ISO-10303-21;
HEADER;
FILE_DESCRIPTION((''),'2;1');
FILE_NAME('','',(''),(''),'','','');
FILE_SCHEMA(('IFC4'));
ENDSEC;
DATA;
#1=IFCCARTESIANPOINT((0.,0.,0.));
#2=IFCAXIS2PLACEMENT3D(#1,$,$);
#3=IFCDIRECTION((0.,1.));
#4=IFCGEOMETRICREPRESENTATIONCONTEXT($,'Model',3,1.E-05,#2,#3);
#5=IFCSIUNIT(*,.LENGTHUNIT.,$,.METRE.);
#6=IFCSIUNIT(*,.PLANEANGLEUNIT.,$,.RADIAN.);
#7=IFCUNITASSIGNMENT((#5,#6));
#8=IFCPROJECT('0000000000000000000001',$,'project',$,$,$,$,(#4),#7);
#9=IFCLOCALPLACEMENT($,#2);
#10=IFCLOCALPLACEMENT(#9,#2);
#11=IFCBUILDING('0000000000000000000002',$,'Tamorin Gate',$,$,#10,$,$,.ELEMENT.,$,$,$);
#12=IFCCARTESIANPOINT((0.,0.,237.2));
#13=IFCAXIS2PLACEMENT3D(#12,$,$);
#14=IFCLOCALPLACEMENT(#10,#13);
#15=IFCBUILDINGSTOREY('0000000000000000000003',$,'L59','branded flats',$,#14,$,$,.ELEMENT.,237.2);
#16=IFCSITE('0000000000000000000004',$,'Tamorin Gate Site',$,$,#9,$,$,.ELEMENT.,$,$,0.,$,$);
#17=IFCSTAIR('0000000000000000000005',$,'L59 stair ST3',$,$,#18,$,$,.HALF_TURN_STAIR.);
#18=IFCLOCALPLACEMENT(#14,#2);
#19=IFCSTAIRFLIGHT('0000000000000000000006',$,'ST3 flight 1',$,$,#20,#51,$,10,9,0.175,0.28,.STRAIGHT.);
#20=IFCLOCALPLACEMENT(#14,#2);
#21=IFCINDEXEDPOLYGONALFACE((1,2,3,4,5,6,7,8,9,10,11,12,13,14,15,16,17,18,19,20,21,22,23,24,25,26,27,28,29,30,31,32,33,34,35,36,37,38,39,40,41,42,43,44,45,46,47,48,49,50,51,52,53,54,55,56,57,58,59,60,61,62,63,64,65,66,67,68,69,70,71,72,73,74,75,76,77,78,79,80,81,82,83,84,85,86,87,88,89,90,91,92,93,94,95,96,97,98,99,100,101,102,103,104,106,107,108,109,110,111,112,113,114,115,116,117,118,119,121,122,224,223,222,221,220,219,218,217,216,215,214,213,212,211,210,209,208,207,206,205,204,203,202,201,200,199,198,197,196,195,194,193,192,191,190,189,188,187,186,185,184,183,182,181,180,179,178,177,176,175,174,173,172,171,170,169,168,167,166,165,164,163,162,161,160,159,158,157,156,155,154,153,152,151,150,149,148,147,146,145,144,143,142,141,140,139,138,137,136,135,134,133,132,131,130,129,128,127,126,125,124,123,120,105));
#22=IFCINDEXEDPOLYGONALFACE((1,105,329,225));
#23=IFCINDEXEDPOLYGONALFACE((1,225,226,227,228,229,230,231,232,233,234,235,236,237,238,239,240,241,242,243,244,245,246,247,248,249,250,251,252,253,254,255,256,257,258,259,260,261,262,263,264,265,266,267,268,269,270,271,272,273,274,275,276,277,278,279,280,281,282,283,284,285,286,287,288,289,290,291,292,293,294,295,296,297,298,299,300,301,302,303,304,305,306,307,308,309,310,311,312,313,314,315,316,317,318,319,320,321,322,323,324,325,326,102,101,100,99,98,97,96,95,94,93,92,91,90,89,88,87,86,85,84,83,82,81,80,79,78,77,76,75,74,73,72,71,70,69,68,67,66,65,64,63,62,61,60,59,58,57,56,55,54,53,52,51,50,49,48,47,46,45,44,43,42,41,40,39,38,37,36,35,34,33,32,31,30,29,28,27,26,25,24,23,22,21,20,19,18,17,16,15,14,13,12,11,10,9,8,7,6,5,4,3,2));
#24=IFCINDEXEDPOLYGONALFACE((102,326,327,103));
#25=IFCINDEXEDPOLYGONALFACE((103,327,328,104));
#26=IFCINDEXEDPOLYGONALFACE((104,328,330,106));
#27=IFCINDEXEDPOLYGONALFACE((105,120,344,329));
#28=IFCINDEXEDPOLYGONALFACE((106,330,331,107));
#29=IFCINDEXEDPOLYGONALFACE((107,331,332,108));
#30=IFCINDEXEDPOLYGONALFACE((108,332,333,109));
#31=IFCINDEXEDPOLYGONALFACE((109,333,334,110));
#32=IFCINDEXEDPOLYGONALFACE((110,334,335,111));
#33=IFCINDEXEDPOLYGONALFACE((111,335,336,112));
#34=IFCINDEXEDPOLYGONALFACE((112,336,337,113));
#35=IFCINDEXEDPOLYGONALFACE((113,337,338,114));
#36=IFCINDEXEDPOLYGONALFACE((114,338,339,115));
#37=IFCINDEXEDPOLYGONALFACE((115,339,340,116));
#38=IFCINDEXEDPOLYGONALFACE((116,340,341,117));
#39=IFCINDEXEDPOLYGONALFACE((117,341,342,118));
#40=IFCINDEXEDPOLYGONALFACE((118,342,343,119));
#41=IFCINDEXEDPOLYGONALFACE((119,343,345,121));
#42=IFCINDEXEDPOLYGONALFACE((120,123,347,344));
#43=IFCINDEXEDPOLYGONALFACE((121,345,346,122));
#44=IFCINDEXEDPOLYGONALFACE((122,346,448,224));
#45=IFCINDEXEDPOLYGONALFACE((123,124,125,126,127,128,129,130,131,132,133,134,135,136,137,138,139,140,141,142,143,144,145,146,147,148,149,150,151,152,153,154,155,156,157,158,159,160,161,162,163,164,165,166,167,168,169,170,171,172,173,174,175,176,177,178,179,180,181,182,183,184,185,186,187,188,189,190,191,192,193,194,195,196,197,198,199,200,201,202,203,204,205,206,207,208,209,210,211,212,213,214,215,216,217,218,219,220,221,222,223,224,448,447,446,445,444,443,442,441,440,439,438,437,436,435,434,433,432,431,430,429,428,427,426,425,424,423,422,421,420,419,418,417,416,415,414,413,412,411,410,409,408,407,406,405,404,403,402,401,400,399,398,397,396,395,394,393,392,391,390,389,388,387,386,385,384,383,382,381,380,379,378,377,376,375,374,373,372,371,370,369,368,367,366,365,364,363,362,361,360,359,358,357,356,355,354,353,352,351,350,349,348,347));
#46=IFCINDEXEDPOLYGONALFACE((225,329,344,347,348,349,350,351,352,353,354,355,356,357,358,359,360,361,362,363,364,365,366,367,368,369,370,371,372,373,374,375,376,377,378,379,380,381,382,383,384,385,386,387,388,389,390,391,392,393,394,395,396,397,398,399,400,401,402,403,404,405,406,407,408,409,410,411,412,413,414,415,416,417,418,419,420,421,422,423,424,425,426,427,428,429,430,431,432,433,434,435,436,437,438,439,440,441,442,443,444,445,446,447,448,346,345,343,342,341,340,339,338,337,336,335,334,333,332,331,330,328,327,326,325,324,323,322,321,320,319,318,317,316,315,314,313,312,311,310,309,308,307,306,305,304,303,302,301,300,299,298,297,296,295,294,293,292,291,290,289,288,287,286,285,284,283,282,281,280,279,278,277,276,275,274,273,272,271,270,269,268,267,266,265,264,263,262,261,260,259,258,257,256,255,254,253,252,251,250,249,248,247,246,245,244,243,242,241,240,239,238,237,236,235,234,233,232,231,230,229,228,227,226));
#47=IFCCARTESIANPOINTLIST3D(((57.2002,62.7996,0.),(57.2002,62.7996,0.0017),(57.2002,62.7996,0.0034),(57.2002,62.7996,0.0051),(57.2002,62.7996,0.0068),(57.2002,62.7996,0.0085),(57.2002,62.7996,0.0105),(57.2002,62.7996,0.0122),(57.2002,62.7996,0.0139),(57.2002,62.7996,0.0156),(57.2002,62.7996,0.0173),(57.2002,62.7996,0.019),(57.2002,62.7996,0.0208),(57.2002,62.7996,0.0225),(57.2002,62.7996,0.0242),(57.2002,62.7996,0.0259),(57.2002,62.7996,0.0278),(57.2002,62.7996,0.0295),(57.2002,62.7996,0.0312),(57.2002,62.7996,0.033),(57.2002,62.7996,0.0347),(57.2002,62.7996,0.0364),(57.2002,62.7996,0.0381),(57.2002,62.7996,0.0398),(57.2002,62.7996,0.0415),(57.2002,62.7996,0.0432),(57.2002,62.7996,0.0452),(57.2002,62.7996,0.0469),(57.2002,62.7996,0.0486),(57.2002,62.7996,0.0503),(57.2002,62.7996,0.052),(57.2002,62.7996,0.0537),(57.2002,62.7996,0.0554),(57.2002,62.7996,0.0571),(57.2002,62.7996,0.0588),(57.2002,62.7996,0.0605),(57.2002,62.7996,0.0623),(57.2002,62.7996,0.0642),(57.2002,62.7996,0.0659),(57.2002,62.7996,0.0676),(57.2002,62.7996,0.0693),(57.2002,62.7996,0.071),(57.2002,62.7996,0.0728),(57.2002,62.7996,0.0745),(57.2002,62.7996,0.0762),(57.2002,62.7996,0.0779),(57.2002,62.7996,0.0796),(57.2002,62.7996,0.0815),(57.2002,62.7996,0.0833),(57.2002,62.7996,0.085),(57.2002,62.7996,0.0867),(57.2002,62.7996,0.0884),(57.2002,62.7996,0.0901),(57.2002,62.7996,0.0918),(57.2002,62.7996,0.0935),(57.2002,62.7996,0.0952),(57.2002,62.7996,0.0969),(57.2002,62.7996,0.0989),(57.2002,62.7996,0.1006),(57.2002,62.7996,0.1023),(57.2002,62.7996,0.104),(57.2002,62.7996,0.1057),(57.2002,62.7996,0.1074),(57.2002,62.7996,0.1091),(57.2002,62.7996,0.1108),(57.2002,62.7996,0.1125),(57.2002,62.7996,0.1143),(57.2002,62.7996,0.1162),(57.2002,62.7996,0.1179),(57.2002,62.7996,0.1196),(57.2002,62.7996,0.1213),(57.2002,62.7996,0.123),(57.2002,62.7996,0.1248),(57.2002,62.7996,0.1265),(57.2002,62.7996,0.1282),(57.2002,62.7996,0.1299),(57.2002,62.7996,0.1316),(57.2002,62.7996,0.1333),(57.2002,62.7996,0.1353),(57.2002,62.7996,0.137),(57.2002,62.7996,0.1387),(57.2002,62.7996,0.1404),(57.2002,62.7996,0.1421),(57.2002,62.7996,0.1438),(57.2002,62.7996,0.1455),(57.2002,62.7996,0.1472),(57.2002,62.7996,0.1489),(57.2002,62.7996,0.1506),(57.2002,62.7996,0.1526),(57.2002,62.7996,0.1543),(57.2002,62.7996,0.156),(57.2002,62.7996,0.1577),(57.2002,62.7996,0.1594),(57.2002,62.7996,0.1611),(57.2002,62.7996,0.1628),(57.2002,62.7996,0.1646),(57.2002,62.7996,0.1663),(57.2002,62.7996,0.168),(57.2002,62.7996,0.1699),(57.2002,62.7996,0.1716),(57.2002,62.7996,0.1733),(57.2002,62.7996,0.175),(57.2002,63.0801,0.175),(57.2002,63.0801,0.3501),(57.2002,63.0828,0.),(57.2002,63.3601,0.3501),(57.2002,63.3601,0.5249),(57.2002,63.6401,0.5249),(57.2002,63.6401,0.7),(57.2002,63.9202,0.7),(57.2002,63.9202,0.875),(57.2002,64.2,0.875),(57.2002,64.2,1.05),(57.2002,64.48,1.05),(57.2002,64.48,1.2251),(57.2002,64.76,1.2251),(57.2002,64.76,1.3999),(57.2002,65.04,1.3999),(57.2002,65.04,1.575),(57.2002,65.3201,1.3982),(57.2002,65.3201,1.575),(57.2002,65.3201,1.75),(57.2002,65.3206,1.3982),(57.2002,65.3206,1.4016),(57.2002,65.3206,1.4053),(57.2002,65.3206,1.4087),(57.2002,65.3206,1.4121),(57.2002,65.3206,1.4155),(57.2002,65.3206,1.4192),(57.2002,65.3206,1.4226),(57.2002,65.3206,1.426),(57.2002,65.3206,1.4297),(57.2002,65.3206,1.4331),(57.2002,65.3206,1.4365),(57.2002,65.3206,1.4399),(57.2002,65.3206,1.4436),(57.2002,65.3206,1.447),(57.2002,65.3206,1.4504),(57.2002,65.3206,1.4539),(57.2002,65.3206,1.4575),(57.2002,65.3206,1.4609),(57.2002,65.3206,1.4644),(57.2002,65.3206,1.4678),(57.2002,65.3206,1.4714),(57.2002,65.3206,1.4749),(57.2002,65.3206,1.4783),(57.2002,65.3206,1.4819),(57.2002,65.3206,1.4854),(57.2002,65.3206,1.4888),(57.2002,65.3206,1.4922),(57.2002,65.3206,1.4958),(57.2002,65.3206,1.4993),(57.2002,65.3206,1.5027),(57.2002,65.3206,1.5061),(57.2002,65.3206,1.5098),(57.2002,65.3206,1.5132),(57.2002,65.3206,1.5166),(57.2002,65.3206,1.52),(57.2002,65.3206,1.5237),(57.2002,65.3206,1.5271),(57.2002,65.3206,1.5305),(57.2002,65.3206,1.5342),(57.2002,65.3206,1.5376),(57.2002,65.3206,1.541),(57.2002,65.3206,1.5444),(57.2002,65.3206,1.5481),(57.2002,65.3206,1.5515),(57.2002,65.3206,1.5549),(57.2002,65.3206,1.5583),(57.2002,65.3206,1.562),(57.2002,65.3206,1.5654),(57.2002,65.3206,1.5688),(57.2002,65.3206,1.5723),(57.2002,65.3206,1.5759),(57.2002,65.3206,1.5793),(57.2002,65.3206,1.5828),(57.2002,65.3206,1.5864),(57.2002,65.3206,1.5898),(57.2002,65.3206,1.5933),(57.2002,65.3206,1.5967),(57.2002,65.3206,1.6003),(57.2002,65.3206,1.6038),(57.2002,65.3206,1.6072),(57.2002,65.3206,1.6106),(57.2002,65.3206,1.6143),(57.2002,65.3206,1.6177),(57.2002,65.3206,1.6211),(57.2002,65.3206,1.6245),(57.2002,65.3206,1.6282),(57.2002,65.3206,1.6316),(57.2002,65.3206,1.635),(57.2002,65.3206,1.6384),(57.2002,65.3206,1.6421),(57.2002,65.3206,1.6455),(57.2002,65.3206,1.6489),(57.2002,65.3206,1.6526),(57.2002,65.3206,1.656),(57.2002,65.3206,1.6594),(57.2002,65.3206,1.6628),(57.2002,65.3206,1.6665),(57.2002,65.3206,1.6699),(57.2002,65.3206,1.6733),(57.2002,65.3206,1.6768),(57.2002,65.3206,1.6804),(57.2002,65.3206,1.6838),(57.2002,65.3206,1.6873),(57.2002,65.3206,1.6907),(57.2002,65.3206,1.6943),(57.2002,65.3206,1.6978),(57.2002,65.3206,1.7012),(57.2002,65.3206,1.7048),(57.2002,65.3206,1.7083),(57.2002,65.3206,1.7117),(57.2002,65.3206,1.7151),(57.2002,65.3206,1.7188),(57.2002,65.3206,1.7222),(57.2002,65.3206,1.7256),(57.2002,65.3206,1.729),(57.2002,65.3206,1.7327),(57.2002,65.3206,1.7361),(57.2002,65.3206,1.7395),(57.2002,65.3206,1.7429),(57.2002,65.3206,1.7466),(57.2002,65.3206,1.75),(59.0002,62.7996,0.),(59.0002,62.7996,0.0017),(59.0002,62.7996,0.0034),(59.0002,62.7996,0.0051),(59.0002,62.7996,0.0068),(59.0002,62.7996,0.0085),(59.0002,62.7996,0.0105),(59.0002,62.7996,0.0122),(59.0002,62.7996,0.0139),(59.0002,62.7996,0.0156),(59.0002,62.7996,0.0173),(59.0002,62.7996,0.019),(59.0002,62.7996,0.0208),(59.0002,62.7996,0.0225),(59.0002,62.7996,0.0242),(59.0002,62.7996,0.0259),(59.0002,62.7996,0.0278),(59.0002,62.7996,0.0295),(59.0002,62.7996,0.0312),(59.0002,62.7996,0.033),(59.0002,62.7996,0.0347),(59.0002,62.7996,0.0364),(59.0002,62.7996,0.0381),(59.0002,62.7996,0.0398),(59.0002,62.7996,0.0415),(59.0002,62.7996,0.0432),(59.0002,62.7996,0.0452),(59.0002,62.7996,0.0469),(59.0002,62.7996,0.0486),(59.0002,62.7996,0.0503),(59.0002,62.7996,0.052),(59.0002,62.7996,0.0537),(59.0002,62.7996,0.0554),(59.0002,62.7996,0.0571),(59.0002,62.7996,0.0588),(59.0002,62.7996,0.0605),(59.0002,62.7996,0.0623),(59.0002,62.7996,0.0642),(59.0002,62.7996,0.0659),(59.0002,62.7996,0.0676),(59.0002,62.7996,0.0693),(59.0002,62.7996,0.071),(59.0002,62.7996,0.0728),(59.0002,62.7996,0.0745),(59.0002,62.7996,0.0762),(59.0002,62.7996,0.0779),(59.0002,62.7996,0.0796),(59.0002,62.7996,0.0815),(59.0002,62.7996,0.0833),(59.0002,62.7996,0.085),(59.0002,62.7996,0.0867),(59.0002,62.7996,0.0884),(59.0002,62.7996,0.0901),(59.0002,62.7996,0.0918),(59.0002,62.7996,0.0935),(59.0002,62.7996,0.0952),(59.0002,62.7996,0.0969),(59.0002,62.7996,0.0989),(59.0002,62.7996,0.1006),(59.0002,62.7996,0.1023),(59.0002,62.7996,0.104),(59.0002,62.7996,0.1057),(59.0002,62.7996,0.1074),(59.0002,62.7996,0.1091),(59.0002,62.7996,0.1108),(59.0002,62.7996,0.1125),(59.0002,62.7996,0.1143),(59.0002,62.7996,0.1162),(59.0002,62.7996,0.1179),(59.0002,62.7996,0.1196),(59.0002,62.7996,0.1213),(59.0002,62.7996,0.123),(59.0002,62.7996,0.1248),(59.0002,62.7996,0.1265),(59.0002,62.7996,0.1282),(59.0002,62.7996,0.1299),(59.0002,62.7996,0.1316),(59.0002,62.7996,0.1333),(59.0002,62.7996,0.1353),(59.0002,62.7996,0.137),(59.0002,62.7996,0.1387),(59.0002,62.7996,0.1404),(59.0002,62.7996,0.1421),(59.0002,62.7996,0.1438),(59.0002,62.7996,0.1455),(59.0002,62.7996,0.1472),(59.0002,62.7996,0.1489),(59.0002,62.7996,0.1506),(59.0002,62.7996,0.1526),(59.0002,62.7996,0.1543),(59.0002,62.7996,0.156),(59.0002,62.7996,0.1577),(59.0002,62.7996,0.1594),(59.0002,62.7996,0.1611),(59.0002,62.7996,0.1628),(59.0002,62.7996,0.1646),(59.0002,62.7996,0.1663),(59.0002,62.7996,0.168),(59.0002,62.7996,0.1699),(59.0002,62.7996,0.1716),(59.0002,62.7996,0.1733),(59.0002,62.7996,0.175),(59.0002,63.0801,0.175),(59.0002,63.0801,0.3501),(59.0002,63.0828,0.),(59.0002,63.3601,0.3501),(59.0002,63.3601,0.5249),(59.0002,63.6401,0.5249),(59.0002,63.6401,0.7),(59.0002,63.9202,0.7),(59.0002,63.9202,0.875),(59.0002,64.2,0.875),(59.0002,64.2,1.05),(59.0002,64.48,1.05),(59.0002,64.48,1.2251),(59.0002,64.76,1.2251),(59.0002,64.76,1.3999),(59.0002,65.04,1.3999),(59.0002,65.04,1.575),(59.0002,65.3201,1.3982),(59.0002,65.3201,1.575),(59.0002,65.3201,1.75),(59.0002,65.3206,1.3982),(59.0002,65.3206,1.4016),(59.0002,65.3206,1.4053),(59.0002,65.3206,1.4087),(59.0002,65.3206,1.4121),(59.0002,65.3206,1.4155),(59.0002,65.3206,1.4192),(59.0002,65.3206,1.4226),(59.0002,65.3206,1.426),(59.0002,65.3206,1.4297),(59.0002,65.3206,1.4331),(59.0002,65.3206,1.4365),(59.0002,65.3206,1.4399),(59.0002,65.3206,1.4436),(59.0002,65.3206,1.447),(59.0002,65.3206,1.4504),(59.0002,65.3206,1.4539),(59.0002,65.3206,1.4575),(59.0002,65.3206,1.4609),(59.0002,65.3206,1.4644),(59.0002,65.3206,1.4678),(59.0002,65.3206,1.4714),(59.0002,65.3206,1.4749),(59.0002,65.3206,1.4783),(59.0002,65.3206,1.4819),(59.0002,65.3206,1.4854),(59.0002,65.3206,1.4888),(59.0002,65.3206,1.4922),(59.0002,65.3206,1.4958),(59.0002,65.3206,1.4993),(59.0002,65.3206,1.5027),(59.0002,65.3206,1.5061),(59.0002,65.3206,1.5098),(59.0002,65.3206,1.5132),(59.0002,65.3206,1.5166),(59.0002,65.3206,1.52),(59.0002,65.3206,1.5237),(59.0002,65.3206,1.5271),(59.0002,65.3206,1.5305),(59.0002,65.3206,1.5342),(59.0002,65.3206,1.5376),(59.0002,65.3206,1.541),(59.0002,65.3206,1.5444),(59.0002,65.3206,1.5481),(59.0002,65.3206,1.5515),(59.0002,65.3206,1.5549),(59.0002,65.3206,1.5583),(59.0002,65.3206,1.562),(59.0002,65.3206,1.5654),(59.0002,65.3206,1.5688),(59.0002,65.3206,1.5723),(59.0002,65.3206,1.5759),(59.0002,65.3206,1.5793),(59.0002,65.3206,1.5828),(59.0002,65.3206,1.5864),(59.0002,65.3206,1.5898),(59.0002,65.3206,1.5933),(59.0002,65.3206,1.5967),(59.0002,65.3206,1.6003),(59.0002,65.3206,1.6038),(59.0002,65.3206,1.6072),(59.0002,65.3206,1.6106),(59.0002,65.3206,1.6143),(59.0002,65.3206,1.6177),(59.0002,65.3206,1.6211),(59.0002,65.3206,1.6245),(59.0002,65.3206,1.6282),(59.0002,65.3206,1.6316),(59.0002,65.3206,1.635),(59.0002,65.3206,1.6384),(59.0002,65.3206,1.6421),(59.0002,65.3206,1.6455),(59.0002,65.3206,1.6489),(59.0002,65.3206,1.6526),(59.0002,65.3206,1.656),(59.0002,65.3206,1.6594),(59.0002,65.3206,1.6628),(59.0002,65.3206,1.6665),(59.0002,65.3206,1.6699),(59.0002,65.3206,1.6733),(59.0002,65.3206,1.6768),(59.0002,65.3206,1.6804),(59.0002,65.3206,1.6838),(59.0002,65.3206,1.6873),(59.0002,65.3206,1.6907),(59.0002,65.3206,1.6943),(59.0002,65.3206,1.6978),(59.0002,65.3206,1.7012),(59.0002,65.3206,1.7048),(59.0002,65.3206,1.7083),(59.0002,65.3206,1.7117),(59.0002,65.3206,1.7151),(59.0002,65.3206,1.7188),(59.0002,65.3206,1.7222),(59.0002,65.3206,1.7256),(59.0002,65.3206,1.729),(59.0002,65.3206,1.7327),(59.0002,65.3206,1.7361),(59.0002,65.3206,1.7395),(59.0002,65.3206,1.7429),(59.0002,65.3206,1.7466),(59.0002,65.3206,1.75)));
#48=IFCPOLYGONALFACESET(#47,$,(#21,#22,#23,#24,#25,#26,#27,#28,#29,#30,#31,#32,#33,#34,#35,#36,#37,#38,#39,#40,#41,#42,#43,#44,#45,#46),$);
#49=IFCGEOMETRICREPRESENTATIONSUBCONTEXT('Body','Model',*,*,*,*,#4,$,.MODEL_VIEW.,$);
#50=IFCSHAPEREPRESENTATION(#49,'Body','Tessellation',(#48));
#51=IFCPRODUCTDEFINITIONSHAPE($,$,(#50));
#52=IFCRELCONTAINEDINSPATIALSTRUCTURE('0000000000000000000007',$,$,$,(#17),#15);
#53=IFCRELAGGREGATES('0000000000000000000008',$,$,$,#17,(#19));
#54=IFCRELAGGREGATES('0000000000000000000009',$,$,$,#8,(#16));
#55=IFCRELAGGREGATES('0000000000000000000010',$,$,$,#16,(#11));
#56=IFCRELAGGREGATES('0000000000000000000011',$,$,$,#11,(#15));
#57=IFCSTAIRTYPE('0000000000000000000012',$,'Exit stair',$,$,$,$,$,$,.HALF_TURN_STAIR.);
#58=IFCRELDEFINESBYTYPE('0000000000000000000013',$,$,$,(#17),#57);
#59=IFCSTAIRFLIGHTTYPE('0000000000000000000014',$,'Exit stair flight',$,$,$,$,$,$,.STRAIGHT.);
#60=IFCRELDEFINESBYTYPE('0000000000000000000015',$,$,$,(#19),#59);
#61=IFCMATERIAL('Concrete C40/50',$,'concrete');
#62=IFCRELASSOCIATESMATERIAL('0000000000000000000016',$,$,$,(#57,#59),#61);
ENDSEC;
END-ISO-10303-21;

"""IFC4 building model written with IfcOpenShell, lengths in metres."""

from ifc_helpers import new_model, si_unit, direction, frame, origin, place, context, subcontext, project, spatial, polyline, outline, extrude, material, type_object, element, aggregate, save


model = new_model("IFC4")

# Units and contexts
model_context = context("Model", 3, precision=1e-05, world=origin(), true_north=direction((0.0, 1.0)))
body_context = subcontext(model_context, "Body", "Model", "MODEL_VIEW")
ifc_project = project(units=[si_unit("LENGTHUNIT", "METRE"), si_unit("PLANEANGLEUNIT", "RADIAN")], contexts=[model_context])

# Site, building, storey
site_placement = place(None, origin())
site = spatial("IfcSite", under=ifc_project, at=site_placement, Name="Tamorin Gate Site", CompositionType="ELEMENT", RefElevation=0.0)
building_placement = place(site_placement, origin())
building = spatial("IfcBuilding", under=site, at=building_placement, Name="Tamorin Gate", CompositionType="ELEMENT")
storey_placement = place(building_placement, frame((0.0, 0.0, 237.2)))
storey = spatial("IfcBuildingStorey", under=building, at=storey_placement, Name="L59", Description="branded flats", CompositionType="ELEMENT", Elevation=237.2)

# Stair, stair flight
ifc_material_1 = material(Name="Concrete C40/50", Category="concrete")
stair_type = type_object("IfcStairType", Name="Exit stair", PredefinedType="HALF_TURN_STAIR", material=ifc_material_1)
stair_placement = place(storey_placement, origin())
stair = element("IfcStair", 1, at=stair_placement, inside=storey, type_object=stair_type, Name="L59 stair ST3", PredefinedType="HALF_TURN_STAIR")
stair_flight_type = type_object("IfcStairFlightType", Name="Exit stair flight", PredefinedType="STRAIGHT", material=ifc_material_1)
stair_flight_1_placement = place(storey_placement, frame((58.1001, 62.8, 0.0), z_axis=(0.0, 0.0, 1.0), x_axis=(0.0, 1.0, 0.0)))
stair_flight_1 = element("IfcStairFlight", 2, at=stair_flight_1_placement, type_object=stair_flight_type, Name="ST3 flight 1", NumberOfRisers=10, NumberOfTreads=9, PredefinedType="STRAIGHT", RiserHeight=0.175, TreadLength=0.28, context=body_context, shape_type="SweptSolid", body=[
    extrude(outline(polyline([(-0.0005, 0.0), (-0.0005, 0.0017), (-0.0005, 0.0034), (-0.0005, 0.0051), (-0.0005, 0.0068), (-0.0005, 0.0085), (-0.0005, 0.0105), (-0.0005, 0.0122), (-0.0005, 0.0139), (-0.0005, 0.0156), (-0.0005, 0.0173), (-0.0005, 0.019), (-0.0005, 0.0208), (-0.0005, 0.0225), (-0.0005, 0.0242), (-0.0005, 0.0259), (-0.0005, 0.0278), (-0.0005, 0.0295), (-0.0005, 0.0312), (-0.0005, 0.033), (-0.0005, 0.0347), (-0.0005, 0.0364), (-0.0005, 0.0381), (-0.0005, 0.0398), (-0.0005, 0.0415), (-0.0005, 0.0432), (-0.0005, 0.0452), (-0.0005, 0.0469), (-0.0005, 0.0486), (-0.0005, 0.0503), (-0.0005, 0.052), (-0.0005, 0.0537), (-0.0005, 0.0554), (-0.0005, 0.0571), (-0.0005, 0.0588), (-0.0005, 0.0605), (-0.0005, 0.0623), (-0.0005, 0.0642), (-0.0005, 0.0659), (-0.0005, 0.0676), (-0.0005, 0.0693), (-0.0005, 0.071), (-0.0005, 0.0728), (-0.0005, 0.0745), (-0.0005, 0.0762), (-0.0005, 0.0779), (-0.0005, 0.0796), (-0.0005, 0.0815), (-0.0005, 0.0833), (-0.0005, 0.085), (-0.0005, 0.0867), (-0.0005, 0.0884), (-0.0005, 0.0901), (-0.0005, 0.0918), (-0.0005, 0.0935), (-0.0005, 0.0952), (-0.0005, 0.0969), (-0.0005, 0.0989), (-0.0005, 0.1006), (-0.0005, 0.1023), (-0.0005, 0.104), (-0.0005, 0.1057), (-0.0005, 0.1074), (-0.0005, 0.1091), (-0.0005, 0.1108), (-0.0005, 0.1125), (-0.0005, 0.1143), (-0.0005, 0.1162), (-0.0005, 0.1179), (-0.0005, 0.1196), (-0.0005, 0.1213), (-0.0005, 0.123), (-0.0005, 0.1248), (-0.0005, 0.1265), (-0.0005, 0.1282), (-0.0005, 0.1299), (-0.0005, 0.1316), (-0.0005, 0.1333), (-0.0005, 0.1353), (-0.0005, 0.137), (-0.0005, 0.1387), (-0.0005, 0.1404), (-0.0005, 0.1421), (-0.0005, 0.1438), (-0.0005, 0.1455), (-0.0005, 0.1472), (-0.0005, 0.1489), (-0.0005, 0.1506), (-0.0005, 0.1526), (-0.0005, 0.1543), (-0.0005, 0.156), (-0.0005, 0.1577), (-0.0005, 0.1594), (-0.0005, 0.1611), (-0.0005, 0.1628), (-0.0005, 0.1646), (-0.0005, 0.1663), (-0.0005, 0.168), (-0.0005, 0.1699), (-0.0005, 0.1716), (-0.0005, 0.1733), (-0.0005, 0.175), (0.28, 0.175), (0.28, 0.3501), (0.5601, 0.3501), (0.5601, 0.5249), (0.8401, 0.5249), (0.8401, 0.7), (1.1201, 0.7), (1.1201, 0.875), (1.3999, 0.875), (1.3999, 1.05), (1.6799, 1.05), (1.6799, 1.2251), (1.96, 1.2251), (1.96, 1.3999), (2.24, 1.3999), (2.24, 1.575), (2.52, 1.575), (2.52, 1.75), (2.5205, 1.75), (2.5205, 1.7466), (2.5205, 1.7429), (2.5205, 1.7395), (2.5205, 1.7361), (2.5205, 1.7327), (2.5205, 1.729), (2.5205, 1.7256), (2.5205, 1.7222), (2.5205, 1.7188), (2.5205, 1.7151), (2.5205, 1.7117), (2.5205, 1.7083), (2.5205, 1.7048), (2.5205, 1.7012), (2.5205, 1.6978), (2.5205, 1.6943), (2.5205, 1.6907), (2.5205, 1.6873), (2.5205, 1.6838), (2.5205, 1.6804), (2.5205, 1.6768), (2.5205, 1.6733), (2.5205, 1.6699), (2.5205, 1.6665), (2.5205, 1.6628), (2.5205, 1.6594), (2.5205, 1.656), (2.5205, 1.6526), (2.5205, 1.6489), (2.5205, 1.6455), (2.5205, 1.6421), (2.5205, 1.6384), (2.5205, 1.635), (2.5205, 1.6316), (2.5205, 1.6282), (2.5205, 1.6245), (2.5205, 1.6211), (2.5205, 1.6177), (2.5205, 1.6143), (2.5205, 1.6106), (2.5205, 1.6072), (2.5205, 1.6038), (2.5205, 1.6003), (2.5205, 1.5967), (2.5205, 1.5933), (2.5205, 1.5898), (2.5205, 1.5864), (2.5205, 1.5828), (2.5205, 1.5793), (2.5205, 1.5759), (2.5205, 1.5723), (2.5205, 1.5688), (2.5205, 1.5654), (2.5205, 1.562), (2.5205, 1.5583), (2.5205, 1.5549), (2.5205, 1.5515), (2.5205, 1.5481), (2.5205, 1.5444), (2.5205, 1.541), (2.5205, 1.5376), (2.5205, 1.5342), (2.5205, 1.5305), (2.5205, 1.5271), (2.5205, 1.5237), (2.5205, 1.52), (2.5205, 1.5166), (2.5205, 1.5132), (2.5205, 1.5098), (2.5205, 1.5061), (2.5205, 1.5027), (2.5205, 1.4993), (2.5205, 1.4958), (2.5205, 1.4922), (2.5205, 1.4888), (2.5205, 1.4854), (2.5205, 1.4819), (2.5205, 1.4783), (2.5205, 1.4749), (2.5205, 1.4714), (2.5205, 1.4678), (2.5205, 1.4644), (2.5205, 1.4609), (2.5205, 1.4575), (2.5205, 1.4539), (2.5205, 1.4504), (2.5205, 1.447), (2.5205, 1.4436), (2.5205, 1.4399), (2.5205, 1.4365), (2.5205, 1.4331), (2.5205, 1.4297), (2.5205, 1.426), (2.5205, 1.4226), (2.5205, 1.4192), (2.5205, 1.4155), (2.5205, 1.4121), (2.5205, 1.4087), (2.5205, 1.4053), (2.5205, 1.4016), (2.5205, 1.3982), (2.52, 1.3982), (0.2827, 0.0), (-0.0005, 0.0)])), frame((0.0, 0.8999, 0.0), z_axis=(0.0, -1.0, 0.0), x_axis=(1.0, 0.0, 0.0)), (0.0, 0.0, 1.0), 1.8),
])
aggregate(stair, [stair_flight_1])

save(model, "model.ifc")
